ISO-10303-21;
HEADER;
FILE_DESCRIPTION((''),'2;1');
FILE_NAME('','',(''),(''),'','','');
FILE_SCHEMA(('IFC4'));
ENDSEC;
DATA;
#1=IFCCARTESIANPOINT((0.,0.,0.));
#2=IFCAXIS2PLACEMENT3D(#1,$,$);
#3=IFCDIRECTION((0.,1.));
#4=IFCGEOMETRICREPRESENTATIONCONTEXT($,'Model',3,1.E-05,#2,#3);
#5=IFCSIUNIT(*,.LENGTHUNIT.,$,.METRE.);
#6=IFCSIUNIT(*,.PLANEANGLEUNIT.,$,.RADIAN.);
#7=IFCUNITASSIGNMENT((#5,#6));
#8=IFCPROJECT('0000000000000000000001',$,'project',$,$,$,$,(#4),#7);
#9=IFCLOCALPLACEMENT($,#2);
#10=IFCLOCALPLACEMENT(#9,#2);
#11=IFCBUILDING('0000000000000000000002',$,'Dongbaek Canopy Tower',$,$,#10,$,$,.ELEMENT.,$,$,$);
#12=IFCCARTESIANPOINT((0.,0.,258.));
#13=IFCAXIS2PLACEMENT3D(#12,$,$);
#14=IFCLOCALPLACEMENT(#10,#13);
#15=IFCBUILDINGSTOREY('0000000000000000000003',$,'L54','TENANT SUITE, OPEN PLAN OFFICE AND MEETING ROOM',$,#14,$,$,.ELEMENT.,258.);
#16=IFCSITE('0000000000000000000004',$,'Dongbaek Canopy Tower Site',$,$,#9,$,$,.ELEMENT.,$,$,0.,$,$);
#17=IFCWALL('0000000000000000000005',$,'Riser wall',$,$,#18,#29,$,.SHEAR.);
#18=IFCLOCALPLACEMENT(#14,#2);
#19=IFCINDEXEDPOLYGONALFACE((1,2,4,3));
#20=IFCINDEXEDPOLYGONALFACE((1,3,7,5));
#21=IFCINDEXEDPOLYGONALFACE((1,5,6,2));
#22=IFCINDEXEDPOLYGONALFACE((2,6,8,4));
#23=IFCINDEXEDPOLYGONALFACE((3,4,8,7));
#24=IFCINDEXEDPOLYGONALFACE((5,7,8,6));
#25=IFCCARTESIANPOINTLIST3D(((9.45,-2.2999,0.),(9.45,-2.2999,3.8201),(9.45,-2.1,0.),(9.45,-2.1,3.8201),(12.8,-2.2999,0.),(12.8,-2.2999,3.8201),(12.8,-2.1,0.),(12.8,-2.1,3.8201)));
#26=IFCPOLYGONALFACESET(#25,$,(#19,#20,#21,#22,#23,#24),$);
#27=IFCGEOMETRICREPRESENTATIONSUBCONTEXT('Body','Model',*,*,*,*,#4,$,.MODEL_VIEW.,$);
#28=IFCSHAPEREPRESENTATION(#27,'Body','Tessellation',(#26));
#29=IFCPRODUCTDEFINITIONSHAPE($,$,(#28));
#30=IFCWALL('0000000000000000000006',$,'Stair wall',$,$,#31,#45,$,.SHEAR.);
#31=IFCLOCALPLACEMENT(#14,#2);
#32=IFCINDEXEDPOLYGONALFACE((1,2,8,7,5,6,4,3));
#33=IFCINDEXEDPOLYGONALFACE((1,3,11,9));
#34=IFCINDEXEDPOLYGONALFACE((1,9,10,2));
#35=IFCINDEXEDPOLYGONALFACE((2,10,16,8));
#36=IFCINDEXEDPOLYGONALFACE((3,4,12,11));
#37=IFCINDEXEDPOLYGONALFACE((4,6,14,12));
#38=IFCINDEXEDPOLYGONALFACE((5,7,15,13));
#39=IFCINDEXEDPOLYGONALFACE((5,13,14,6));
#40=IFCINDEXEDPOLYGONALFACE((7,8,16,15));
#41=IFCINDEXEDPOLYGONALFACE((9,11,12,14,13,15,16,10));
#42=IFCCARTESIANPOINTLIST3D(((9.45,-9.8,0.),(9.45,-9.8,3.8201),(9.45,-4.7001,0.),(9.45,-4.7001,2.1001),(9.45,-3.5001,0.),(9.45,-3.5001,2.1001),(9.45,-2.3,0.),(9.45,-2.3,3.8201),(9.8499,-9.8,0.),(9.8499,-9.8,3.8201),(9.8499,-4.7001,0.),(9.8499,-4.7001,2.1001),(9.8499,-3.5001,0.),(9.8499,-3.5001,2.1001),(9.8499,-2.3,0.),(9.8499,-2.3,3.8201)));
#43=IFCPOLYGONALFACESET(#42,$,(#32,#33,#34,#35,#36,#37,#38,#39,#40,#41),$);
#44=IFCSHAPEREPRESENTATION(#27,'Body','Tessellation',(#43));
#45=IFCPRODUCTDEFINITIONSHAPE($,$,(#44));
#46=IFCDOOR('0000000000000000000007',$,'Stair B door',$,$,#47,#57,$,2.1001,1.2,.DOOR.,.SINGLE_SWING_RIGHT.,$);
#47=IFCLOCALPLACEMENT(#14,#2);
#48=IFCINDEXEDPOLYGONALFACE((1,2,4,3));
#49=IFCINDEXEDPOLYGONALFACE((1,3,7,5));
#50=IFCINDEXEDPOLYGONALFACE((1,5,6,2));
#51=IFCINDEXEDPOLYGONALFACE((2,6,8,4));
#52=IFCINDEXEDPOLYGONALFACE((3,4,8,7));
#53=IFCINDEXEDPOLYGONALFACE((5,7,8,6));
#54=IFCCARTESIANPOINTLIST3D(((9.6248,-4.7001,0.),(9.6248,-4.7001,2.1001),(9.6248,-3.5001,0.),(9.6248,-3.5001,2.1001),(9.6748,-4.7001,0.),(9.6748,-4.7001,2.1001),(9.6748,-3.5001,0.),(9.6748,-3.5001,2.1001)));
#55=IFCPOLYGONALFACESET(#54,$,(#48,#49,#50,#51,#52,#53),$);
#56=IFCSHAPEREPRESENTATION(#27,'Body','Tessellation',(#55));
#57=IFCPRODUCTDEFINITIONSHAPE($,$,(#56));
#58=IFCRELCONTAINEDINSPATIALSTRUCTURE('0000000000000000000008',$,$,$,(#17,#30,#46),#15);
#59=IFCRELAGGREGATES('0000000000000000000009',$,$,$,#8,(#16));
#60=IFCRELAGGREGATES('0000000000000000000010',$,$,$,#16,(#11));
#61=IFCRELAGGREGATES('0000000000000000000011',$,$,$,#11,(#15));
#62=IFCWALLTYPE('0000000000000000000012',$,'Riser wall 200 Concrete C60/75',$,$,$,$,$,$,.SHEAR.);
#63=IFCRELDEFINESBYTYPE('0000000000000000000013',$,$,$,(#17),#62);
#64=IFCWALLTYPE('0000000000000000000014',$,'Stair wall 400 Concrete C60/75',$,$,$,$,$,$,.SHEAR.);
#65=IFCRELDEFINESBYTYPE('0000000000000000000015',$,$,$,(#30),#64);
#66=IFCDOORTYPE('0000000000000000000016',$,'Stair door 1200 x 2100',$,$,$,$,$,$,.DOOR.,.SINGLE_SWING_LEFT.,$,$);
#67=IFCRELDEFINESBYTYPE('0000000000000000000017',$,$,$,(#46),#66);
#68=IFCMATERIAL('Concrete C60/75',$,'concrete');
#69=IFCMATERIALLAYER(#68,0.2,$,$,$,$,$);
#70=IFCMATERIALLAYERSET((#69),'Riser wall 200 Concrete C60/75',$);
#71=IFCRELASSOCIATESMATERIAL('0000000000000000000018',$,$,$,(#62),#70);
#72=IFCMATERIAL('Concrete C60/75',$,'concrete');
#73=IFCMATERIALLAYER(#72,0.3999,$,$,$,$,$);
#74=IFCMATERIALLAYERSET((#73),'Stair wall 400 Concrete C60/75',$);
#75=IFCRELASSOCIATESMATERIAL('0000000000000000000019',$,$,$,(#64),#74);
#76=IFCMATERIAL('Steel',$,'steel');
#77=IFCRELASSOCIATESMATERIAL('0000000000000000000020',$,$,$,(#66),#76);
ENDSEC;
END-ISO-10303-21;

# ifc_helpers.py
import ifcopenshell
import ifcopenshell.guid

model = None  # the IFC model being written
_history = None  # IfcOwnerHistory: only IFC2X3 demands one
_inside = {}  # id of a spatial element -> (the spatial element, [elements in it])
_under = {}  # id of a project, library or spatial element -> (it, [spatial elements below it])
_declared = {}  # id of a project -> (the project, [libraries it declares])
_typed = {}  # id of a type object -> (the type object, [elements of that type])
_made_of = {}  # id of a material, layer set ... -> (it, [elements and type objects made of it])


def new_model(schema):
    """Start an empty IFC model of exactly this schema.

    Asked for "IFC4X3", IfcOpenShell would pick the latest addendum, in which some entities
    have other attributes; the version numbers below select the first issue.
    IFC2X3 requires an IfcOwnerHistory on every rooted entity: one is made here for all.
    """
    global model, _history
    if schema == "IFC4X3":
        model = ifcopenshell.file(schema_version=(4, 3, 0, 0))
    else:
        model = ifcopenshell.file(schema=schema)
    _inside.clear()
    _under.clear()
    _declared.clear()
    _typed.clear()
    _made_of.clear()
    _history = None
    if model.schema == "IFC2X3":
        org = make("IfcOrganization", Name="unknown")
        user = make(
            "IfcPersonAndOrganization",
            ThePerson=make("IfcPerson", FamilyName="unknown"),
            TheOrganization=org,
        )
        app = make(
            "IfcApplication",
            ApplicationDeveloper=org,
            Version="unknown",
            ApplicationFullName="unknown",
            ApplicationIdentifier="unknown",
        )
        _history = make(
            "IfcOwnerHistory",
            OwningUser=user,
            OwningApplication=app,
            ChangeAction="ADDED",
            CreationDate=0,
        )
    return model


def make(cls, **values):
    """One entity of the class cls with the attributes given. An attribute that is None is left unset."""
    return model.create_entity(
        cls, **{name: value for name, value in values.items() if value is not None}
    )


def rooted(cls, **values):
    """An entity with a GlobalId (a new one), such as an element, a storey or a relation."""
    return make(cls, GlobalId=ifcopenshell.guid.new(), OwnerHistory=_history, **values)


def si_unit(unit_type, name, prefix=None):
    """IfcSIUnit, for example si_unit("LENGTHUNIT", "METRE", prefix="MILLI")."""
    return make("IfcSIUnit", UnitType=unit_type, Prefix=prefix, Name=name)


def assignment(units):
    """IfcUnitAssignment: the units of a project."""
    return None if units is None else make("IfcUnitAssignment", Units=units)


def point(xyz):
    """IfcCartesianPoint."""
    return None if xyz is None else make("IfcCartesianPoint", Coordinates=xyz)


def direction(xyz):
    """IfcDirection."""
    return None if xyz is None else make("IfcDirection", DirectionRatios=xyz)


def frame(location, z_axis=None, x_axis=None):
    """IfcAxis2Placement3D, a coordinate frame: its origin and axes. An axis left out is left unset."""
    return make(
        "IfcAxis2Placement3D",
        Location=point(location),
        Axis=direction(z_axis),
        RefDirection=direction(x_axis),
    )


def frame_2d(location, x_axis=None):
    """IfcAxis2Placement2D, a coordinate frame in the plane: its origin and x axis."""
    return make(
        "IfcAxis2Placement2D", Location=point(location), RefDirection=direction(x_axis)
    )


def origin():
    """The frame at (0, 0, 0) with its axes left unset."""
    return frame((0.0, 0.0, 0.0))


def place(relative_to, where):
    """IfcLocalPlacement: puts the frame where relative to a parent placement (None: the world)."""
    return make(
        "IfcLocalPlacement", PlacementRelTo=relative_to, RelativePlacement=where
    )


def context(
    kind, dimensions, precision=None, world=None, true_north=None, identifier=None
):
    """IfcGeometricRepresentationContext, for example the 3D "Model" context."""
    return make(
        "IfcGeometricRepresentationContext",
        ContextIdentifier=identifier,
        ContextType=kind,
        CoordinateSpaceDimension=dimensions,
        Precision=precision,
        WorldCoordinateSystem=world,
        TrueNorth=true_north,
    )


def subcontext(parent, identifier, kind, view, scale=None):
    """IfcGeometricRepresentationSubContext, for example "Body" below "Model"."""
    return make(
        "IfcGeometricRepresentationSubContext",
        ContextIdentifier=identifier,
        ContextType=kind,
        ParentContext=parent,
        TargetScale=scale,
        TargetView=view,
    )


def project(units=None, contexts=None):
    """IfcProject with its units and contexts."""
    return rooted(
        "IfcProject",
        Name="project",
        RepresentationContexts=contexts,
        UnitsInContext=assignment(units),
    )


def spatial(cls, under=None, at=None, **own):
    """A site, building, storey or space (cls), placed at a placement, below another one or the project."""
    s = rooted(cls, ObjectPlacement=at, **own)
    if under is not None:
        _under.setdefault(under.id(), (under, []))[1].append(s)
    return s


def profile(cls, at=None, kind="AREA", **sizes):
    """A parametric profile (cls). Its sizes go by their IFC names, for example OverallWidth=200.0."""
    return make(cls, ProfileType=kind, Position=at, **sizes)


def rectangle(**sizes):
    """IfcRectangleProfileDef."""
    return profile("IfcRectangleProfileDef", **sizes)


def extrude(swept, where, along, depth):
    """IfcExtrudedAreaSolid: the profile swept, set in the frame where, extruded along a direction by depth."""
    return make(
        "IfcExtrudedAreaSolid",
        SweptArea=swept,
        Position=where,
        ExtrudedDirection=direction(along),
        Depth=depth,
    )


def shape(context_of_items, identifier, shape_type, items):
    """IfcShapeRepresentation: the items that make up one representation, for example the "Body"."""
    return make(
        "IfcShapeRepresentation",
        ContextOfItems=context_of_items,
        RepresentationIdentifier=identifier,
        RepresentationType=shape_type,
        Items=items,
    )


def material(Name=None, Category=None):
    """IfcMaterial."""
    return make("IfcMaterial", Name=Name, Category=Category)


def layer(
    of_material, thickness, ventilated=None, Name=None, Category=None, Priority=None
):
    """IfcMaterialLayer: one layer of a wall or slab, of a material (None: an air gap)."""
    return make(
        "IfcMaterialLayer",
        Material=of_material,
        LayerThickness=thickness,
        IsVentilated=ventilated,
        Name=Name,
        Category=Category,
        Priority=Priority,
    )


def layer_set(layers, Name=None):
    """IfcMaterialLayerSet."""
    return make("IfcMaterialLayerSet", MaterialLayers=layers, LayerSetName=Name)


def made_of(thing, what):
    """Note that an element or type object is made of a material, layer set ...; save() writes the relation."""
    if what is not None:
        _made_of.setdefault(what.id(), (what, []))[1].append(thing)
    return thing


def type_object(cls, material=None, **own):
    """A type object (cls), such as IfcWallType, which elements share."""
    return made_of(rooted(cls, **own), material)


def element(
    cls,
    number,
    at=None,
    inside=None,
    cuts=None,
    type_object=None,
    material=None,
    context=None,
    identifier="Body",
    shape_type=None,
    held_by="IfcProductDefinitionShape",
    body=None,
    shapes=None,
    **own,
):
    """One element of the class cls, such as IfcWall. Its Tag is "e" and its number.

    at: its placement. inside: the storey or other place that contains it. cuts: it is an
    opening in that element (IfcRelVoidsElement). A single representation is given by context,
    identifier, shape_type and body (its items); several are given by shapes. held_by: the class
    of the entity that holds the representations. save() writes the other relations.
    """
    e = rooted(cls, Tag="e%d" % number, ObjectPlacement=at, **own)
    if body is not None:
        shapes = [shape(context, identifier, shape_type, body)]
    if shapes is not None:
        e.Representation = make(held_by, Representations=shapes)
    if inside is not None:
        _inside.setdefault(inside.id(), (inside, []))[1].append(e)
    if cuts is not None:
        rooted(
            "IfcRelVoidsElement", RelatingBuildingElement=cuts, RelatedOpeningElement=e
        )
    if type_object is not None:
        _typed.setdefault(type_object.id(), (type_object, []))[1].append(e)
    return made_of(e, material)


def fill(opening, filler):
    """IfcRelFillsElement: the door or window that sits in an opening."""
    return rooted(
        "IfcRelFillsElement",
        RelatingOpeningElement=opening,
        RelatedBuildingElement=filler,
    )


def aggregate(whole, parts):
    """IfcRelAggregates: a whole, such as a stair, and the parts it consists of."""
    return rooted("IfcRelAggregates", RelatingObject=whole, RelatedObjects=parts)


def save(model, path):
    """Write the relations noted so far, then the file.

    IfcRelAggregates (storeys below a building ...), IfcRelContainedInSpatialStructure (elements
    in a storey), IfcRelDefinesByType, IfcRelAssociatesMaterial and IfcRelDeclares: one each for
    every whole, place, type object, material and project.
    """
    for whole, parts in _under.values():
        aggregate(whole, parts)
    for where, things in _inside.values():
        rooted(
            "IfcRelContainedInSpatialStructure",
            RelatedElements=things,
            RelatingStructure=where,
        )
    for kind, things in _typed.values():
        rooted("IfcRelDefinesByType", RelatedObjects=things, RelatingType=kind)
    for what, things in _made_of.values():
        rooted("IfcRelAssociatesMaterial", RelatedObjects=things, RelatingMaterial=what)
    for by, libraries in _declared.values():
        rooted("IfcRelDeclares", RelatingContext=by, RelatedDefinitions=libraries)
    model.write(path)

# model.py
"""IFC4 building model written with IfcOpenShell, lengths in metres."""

from ifc_helpers import new_model, si_unit, direction, frame, frame_2d, origin, place, context, subcontext, project, spatial, rectangle, extrude, material, layer, layer_set, type_object, element, fill, save


model = new_model("IFC4")

# Units and contexts
model_context = context("Model", 3, precision=1e-05, world=origin(), true_north=direction((0.0, 1.0)))
body_context = subcontext(model_context, "Body", "Model", "MODEL_VIEW")
ifc_project = project(units=[si_unit("LENGTHUNIT", "METRE"), si_unit("PLANEANGLEUNIT", "RADIAN")], contexts=[model_context])

# Site, building, storey
site_placement = place(None, origin())
site = spatial("IfcSite", under=ifc_project, at=site_placement, Name="Dongbaek Canopy Tower Site", CompositionType="ELEMENT", RefElevation=0.0)
building_placement = place(site_placement, origin())
building = spatial("IfcBuilding", under=site, at=building_placement, Name="Dongbaek Canopy Tower", CompositionType="ELEMENT")
storey_placement = place(building_placement, frame((0.0, 0.0, 258.0)))
storey = spatial("IfcBuildingStorey", under=building, at=storey_placement, Name="L54", Description="TENANT SUITE, OPEN PLAN OFFICE AND MEETING ROOM", CompositionType="ELEMENT", Elevation=258.0)

# Wall
ifc_material_1 = material(Name="Concrete C60/75", Category="concrete")
ifc_layer_1 = layer(ifc_material_1, 0.2)
ifc_layer_set_1 = layer_set([ifc_layer_1], Name="Riser wall 200 Concrete C60/75")
wall_type_1 = type_object("IfcWallType", Name="Riser wall 200 Concrete C60/75", PredefinedType="SHEAR", material=ifc_layer_set_1)
wall_1_placement = place(storey_placement, frame((9.45, -2.2, 0.0), z_axis=(0.0, 0.0, 1.0), x_axis=(1.0, 0.0, 0.0)))
element("IfcWall", 1, at=wall_1_placement, inside=storey, type_object=wall_type_1, Name="Riser wall", PredefinedType="SHEAR", context=body_context, shape_type="SweptSolid", body=[
    extrude(rectangle(XDim=3.3501, YDim=0.2, at=frame_2d((1.675, 0.0))), origin(), (0.0, 0.0, 1.0), 3.8201),
])

# Wall, opening, door
ifc_material_2 = material(Name="Concrete C60/75", Category="concrete")
ifc_layer_2 = layer(ifc_material_2, 0.3999)
ifc_layer_set_2 = layer_set([ifc_layer_2], Name="Stair wall 400 Concrete C60/75")
wall_type_2 = type_object("IfcWallType", Name="Stair wall 400 Concrete C60/75", PredefinedType="SHEAR", material=ifc_layer_set_2)
wall_2_placement = place(storey_placement, frame((9.6499, -2.3, 0.0), z_axis=(0.0, 0.0, 1.0), x_axis=(0.0, -1.0, 0.0)))
wall_2 = element("IfcWall", 2, at=wall_2_placement, inside=storey, type_object=wall_type_2, Name="Stair wall", PredefinedType="SHEAR", context=body_context, shape_type="SweptSolid", body=[
    extrude(rectangle(XDim=7.5, YDim=0.3999, at=frame_2d((3.75, 0.0))), origin(), (0.0, 0.0, 1.0), 3.8201),
])
opening_1_placement = place(wall_2_placement, frame((1.2, 0.0, 0.0)))
opening_1 = element("IfcOpeningElement", 3, at=opening_1_placement, cuts=wall_2, PredefinedType="OPENING", context=body_context, shape_type="SweptSolid", body=[
    extrude(rectangle(XDim=1.2, YDim=2.1001, at=frame_2d((0.6001, 1.05))), frame((0.0, 0.21, 0.0), z_axis=(0.0, -1.0, 0.0), x_axis=(1.0, 0.0, 0.0)), (0.0, 0.0, 1.0), 0.4199),
])
ifc_material_3 = material(Name="Steel", Category="steel")
door_type_1 = type_object("IfcDoorType", Name="Stair door 1200 x 2100", OperationType="SINGLE_SWING_LEFT", PredefinedType="DOOR", material=ifc_material_3)
door_1_placement = place(opening_1_placement, origin())
door_1 = element("IfcDoor", 4, at=door_1_placement, inside=storey, type_object=door_type_1, Name="Stair B door", OperationType="SINGLE_SWING_RIGHT", OverallHeight=2.1001, OverallWidth=1.2, PredefinedType="DOOR", context=body_context, shape_type="SweptSolid", body=[
    extrude(rectangle(XDim=1.2, YDim=2.1001, at=frame_2d((0.6001, 1.05))), frame((0.0, 0.0249, 0.0), z_axis=(0.0, -1.0, 0.0), x_axis=(1.0, 0.0, 0.0)), (0.0, 0.0, 1.0), 0.05),
])
fill(opening_1, door_1)

save(model, "model.ifc")
